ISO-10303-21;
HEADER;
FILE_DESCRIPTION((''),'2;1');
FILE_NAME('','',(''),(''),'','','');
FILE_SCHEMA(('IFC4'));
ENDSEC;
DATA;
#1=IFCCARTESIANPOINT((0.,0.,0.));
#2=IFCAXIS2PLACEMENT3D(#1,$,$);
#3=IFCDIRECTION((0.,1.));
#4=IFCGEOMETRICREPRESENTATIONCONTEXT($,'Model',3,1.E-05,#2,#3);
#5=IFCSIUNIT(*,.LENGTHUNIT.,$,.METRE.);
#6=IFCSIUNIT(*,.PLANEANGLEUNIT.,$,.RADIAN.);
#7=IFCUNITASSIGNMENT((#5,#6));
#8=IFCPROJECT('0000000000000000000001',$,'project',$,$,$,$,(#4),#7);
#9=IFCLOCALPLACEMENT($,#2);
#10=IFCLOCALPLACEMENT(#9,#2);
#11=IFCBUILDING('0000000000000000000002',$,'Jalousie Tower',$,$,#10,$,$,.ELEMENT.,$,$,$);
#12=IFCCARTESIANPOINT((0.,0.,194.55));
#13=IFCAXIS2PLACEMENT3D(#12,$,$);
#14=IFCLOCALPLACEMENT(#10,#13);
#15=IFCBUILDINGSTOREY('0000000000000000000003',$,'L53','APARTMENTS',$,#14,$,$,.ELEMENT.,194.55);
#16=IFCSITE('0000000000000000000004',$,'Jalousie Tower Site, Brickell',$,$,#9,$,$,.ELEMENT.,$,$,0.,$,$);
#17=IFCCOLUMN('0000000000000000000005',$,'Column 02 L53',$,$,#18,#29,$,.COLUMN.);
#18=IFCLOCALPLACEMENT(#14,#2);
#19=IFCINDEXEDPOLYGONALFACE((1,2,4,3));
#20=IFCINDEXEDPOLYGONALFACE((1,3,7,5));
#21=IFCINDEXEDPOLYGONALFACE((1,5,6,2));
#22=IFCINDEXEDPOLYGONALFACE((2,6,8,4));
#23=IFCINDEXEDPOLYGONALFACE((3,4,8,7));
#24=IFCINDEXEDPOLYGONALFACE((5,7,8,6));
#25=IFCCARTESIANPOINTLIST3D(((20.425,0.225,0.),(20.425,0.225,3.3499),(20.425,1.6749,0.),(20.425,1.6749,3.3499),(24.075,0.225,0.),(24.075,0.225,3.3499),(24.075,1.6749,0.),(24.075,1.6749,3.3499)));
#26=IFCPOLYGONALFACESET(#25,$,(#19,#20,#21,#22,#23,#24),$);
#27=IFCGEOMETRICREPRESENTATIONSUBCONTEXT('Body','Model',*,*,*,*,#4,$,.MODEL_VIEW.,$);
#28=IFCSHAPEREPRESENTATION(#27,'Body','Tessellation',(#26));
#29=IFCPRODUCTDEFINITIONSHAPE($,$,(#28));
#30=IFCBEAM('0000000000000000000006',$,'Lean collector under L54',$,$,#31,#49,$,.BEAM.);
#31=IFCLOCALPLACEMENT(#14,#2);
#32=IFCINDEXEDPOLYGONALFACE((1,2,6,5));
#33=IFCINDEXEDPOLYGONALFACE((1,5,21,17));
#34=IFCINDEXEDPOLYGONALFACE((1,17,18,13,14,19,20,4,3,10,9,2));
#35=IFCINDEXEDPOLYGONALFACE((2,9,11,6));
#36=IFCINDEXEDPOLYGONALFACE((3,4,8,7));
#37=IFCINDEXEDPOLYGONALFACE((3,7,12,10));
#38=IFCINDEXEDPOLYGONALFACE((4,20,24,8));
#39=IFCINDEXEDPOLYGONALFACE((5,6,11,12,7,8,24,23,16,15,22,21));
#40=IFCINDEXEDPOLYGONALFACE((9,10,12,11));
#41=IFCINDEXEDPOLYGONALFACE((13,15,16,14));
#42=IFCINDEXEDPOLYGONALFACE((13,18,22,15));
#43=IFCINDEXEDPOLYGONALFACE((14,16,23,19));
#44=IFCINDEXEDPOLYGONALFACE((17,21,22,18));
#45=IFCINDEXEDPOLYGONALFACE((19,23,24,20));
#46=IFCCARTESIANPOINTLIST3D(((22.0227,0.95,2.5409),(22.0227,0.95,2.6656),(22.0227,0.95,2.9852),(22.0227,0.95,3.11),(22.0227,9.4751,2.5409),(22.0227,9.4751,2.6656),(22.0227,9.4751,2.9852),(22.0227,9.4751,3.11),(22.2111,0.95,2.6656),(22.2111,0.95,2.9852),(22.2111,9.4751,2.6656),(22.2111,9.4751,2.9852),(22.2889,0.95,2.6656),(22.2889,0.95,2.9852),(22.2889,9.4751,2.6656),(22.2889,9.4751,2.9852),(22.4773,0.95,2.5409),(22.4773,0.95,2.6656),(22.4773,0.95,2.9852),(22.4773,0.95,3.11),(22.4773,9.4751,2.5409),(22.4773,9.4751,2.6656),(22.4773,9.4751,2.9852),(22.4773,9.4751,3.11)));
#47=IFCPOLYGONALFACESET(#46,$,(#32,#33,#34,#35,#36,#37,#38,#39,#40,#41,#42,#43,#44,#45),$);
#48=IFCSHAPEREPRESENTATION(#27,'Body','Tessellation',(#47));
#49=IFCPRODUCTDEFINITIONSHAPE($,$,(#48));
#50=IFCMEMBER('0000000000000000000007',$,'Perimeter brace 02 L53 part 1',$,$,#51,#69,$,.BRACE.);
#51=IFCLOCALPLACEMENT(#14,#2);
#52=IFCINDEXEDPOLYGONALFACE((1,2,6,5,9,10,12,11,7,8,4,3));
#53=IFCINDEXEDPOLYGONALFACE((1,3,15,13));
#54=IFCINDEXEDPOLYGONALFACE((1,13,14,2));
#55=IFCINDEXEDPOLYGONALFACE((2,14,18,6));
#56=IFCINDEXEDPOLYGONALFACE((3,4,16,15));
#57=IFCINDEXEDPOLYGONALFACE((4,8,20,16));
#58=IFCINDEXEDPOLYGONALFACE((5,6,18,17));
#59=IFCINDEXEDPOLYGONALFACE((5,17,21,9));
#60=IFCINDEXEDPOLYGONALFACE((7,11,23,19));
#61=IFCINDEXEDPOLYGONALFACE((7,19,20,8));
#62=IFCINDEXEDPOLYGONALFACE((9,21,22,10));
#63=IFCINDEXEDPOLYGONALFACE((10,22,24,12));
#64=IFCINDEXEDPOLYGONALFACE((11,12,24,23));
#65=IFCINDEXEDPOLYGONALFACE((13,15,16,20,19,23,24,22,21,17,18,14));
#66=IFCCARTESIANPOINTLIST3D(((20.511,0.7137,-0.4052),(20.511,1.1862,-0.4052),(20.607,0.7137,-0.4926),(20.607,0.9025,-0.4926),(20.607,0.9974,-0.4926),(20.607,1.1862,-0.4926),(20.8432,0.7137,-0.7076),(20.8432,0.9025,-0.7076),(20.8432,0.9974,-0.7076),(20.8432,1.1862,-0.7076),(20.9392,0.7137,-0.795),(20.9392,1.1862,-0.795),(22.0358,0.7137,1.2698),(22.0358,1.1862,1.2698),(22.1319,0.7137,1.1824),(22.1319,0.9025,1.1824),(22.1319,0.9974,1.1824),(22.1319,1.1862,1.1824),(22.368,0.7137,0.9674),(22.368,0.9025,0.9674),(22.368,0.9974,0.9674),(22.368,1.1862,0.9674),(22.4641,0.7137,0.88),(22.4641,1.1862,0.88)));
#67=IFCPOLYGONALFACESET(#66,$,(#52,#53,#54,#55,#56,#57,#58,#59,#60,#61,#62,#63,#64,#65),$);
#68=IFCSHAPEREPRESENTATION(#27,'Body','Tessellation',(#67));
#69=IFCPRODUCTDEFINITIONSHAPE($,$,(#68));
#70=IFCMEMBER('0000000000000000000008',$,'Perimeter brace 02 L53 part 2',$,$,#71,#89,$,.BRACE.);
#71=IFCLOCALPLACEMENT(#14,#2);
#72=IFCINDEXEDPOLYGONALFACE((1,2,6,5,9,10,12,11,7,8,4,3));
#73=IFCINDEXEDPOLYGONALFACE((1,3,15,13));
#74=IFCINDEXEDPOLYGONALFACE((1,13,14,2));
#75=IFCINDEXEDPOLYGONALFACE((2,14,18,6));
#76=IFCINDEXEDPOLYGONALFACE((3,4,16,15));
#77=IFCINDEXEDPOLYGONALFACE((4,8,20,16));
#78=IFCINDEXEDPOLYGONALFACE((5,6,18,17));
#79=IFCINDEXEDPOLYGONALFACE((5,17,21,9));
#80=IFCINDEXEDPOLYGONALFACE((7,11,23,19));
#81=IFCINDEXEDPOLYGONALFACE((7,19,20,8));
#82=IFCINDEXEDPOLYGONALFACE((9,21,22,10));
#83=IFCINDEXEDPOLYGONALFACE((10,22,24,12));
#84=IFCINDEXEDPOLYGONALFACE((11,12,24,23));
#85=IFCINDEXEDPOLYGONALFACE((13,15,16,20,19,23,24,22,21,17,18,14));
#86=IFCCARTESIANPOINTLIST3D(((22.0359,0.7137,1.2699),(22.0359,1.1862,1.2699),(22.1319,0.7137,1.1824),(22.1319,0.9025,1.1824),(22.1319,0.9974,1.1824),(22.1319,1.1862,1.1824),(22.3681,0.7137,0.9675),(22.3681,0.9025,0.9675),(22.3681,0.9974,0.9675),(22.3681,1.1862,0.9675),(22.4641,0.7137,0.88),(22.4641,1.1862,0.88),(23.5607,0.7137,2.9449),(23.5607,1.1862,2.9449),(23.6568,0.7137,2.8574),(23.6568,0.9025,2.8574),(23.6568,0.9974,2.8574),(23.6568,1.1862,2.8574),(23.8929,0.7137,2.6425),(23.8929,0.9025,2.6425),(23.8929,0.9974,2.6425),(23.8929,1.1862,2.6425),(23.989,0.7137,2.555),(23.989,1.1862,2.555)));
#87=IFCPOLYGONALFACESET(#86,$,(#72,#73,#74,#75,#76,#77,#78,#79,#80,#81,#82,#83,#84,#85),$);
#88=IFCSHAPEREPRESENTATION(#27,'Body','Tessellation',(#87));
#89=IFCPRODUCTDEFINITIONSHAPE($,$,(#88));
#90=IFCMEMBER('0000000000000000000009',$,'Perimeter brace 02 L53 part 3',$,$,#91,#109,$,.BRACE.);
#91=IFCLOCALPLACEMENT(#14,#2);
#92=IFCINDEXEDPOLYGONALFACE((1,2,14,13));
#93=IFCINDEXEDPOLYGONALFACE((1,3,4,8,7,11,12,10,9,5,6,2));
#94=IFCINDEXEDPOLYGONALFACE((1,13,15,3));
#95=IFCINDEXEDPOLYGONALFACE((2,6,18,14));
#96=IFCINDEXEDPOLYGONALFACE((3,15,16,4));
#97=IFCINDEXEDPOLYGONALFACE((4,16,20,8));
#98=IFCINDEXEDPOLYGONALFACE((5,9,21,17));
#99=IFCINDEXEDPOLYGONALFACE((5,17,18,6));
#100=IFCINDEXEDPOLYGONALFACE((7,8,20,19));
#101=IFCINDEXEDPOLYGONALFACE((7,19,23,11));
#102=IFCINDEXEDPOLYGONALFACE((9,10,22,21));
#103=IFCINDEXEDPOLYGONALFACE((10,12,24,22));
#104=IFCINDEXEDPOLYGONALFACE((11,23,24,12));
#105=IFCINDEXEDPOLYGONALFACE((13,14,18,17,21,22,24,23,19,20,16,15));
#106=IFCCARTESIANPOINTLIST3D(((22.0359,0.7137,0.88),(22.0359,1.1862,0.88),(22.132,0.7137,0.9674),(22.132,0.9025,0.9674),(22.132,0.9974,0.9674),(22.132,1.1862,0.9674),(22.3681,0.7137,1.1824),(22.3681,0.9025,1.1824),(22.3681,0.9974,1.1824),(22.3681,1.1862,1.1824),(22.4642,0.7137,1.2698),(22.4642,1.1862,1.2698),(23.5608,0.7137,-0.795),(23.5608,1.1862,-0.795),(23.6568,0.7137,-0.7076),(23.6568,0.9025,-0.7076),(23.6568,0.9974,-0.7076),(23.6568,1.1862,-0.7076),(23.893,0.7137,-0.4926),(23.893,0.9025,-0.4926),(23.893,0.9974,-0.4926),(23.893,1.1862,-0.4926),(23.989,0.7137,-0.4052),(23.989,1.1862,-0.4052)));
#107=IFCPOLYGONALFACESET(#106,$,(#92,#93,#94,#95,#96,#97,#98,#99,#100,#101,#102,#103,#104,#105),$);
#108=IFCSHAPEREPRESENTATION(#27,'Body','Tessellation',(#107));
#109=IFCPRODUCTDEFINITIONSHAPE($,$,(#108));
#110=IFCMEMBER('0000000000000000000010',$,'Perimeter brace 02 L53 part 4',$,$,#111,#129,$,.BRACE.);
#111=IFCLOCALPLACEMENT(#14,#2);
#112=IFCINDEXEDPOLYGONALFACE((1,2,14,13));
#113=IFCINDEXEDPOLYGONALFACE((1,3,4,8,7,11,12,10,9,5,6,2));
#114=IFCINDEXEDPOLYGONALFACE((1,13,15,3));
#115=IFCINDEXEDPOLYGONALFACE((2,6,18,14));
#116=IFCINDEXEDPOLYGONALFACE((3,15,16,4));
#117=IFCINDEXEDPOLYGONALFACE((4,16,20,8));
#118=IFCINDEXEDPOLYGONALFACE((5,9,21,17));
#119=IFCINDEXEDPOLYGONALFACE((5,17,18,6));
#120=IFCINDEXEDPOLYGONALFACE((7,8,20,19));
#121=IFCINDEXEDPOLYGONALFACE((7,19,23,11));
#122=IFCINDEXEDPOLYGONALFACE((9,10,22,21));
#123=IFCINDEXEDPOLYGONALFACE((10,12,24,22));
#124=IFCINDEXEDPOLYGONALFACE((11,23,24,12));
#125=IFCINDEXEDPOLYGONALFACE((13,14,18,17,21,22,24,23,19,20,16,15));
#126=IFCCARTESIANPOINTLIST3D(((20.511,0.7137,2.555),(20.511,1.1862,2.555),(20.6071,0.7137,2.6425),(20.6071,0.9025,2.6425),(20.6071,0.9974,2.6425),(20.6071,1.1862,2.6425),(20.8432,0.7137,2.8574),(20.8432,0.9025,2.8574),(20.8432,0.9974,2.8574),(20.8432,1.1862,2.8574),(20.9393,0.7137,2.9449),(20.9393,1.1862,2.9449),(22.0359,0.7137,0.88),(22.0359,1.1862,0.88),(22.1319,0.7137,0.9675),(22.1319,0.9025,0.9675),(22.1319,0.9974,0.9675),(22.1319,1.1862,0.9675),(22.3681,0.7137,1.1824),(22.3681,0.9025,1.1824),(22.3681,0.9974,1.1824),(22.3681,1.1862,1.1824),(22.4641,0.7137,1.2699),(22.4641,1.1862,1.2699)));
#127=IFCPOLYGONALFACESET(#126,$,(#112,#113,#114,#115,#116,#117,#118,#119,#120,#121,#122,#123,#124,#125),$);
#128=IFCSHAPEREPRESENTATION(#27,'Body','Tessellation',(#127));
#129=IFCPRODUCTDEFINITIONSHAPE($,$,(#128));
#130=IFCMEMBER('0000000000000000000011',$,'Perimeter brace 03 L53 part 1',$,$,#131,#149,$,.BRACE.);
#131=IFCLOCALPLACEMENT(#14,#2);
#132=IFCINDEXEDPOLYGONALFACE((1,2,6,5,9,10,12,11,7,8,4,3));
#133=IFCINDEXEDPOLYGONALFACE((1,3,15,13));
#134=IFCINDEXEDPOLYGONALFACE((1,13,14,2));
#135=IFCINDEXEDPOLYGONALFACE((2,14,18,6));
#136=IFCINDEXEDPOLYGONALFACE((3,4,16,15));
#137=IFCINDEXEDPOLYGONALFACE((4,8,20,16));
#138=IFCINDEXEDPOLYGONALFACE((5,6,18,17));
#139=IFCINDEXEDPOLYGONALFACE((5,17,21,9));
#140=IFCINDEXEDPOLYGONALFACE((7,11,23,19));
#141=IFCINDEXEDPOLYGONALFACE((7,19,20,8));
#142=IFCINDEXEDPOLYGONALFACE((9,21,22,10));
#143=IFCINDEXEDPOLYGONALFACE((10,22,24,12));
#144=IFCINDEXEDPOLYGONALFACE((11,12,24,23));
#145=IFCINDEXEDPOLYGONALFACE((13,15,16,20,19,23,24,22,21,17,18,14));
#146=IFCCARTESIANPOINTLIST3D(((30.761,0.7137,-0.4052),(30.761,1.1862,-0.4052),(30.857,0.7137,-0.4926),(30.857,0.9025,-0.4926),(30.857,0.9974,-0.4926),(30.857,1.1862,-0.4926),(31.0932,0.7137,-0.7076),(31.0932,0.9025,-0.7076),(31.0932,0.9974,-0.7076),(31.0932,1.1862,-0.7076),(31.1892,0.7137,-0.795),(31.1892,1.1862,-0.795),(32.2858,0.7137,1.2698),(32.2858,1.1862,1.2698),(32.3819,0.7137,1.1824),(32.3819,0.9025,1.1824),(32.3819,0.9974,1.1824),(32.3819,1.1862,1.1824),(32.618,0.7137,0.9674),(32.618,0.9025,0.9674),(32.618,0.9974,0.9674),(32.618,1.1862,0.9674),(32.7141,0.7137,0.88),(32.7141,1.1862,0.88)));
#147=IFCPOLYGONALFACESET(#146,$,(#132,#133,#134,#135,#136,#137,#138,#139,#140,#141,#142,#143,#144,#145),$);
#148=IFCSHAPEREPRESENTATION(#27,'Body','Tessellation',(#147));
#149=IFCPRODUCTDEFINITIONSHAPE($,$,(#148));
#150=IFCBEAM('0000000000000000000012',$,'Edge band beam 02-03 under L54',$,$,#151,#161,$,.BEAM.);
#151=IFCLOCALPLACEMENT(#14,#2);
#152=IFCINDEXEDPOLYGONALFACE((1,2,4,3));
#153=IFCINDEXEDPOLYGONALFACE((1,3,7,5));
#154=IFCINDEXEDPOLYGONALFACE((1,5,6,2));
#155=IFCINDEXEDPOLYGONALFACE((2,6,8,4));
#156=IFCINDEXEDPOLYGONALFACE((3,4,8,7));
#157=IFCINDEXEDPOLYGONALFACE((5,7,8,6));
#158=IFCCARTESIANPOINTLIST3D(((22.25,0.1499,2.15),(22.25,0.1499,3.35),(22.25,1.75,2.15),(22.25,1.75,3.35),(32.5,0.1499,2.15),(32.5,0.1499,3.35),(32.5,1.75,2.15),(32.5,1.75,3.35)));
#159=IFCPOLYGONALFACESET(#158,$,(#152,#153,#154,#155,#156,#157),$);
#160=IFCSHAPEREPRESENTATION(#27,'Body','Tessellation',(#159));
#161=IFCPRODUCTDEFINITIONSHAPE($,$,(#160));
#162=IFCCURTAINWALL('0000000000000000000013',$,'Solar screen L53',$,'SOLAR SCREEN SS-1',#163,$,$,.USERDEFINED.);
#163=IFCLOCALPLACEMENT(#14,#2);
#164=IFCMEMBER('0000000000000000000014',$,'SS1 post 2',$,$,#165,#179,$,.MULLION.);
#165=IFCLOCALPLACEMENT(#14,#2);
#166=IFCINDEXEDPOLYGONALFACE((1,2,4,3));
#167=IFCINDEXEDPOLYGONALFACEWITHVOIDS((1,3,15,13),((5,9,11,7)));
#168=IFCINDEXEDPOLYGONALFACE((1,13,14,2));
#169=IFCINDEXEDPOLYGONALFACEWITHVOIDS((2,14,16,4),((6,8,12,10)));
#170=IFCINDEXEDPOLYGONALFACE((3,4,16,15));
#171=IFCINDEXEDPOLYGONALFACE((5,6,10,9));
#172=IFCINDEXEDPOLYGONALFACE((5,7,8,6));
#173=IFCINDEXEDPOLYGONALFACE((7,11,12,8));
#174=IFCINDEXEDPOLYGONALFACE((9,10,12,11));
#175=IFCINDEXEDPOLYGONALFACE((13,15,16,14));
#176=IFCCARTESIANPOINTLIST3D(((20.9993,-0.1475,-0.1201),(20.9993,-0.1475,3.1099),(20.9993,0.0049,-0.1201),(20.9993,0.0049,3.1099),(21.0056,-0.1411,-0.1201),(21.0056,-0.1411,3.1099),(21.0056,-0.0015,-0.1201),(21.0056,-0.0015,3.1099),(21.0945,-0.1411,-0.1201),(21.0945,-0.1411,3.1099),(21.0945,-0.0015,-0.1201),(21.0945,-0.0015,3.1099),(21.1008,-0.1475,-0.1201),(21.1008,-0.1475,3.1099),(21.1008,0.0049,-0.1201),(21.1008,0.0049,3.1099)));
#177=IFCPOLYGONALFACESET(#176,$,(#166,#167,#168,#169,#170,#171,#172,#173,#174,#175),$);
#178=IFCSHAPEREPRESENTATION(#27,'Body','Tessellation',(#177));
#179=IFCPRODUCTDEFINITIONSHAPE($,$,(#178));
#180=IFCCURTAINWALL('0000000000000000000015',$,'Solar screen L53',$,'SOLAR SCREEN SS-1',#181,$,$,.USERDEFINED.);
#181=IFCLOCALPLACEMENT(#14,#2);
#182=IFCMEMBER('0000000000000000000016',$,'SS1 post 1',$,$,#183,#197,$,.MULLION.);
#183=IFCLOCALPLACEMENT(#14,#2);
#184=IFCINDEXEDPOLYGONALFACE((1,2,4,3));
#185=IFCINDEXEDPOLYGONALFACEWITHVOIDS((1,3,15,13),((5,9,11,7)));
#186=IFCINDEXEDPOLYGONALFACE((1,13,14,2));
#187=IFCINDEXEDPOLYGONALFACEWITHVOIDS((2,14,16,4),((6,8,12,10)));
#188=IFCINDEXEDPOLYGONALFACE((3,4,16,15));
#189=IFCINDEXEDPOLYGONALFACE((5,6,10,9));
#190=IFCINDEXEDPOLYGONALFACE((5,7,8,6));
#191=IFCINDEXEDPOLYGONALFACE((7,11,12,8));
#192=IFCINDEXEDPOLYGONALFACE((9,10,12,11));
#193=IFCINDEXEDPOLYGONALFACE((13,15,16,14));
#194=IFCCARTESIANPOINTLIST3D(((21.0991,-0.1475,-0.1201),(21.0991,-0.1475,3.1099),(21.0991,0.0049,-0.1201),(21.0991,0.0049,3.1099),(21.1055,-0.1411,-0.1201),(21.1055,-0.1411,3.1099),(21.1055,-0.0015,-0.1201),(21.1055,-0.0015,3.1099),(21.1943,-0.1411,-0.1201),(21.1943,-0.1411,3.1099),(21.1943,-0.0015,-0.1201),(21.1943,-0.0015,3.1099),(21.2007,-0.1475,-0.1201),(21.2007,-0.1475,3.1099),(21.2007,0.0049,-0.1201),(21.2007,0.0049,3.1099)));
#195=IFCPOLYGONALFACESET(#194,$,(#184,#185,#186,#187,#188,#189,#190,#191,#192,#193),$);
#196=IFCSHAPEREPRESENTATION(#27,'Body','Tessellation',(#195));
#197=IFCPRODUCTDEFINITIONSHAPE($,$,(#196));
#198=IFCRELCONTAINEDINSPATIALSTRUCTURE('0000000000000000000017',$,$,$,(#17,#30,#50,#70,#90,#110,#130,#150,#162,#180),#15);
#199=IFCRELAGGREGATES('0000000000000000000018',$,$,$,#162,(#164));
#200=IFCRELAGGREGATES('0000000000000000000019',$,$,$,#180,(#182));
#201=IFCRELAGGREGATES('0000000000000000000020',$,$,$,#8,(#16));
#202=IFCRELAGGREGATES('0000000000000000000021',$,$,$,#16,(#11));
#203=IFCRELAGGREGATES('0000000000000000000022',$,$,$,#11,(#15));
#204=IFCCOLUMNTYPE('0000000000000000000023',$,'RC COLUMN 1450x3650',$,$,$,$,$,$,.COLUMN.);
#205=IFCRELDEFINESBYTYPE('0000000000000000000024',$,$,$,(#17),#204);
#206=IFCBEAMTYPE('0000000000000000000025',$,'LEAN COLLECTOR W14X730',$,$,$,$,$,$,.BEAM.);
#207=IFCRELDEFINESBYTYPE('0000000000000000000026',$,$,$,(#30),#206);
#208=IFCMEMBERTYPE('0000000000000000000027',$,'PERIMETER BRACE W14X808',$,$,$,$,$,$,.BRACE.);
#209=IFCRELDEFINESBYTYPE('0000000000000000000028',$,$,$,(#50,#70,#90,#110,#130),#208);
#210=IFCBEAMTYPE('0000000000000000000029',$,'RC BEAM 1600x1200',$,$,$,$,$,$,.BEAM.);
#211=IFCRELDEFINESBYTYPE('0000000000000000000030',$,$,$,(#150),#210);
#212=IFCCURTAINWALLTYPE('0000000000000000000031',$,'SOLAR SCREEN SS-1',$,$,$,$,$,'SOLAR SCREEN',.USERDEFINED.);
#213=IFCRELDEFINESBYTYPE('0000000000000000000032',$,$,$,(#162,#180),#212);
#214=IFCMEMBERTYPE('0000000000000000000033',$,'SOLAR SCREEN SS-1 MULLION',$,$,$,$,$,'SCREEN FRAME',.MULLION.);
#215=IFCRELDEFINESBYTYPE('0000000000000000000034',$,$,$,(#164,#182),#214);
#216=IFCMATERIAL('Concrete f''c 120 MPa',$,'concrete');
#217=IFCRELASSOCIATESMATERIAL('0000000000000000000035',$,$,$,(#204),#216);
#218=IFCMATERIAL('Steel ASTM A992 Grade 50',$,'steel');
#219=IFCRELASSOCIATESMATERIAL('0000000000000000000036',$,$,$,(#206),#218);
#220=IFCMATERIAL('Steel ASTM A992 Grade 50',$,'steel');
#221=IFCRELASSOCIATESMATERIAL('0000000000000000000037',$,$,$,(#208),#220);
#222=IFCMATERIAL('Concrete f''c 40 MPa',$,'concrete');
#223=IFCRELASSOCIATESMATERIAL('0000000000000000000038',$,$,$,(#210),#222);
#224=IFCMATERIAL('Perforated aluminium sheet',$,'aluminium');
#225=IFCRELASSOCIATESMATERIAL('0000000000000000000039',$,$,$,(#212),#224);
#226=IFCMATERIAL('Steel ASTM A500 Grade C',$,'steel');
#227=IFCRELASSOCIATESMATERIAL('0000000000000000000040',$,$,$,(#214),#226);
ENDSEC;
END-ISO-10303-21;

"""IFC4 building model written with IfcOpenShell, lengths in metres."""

from ifc_helpers import new_model, si_unit, direction, frame, origin, origin_2d, place, context, subcontext, project, spatial, rectangle, hollow_rectangle, i_section, extrude, material, material_profile, profile_set, type_object, element, aggregate, save


model = new_model("IFC4")

# Units and contexts
model_context = context("Model", 3, precision=1e-05, world=origin(), true_north=direction((0.0, 1.0)))
body_context = subcontext(model_context, "Body", "Model", "MODEL_VIEW")
ifc_project = project(units=[si_unit("LENGTHUNIT", "METRE"), si_unit("PLANEANGLEUNIT", "RADIAN")], contexts=[model_context])

# Site, building, storey
site_placement = place(None, origin())
site = spatial("IfcSite", under=ifc_project, at=site_placement, Name="Jalousie Tower Site, Brickell", CompositionType="ELEMENT", RefElevation=0.0)
building_placement = place(site_placement, origin())
building = spatial("IfcBuilding", under=site, at=building_placement, Name="Jalousie Tower", CompositionType="ELEMENT")
storey_placement = place(building_placement, frame((0.0, 0.0, 194.55)))
storey = spatial("IfcBuildingStorey", under=building, at=storey_placement, Name="L53", Description="APARTMENTS", CompositionType="ELEMENT", Elevation=194.55)

# Column
ifc_material_1 = material(Name="Concrete f'c 120 MPa", Category="concrete")
ifc_material_profile_1 = material_profile(ifc_material_1, rectangle(XDim=1.45, YDim=3.6499, at=origin_2d()), Name="RC 1450x3650")
ifc_profile_set_1 = profile_set([ifc_material_profile_1], Name="Concrete f'c 120 MPa")
column_type = type_object("IfcColumnType", Name="RC COLUMN 1450x3650", PredefinedType="COLUMN", material=ifc_profile_set_1)
column_placement = place(storey_placement, frame((22.25, 0.95, 0.0), z_axis=(0.0, 0.0, 1.0), x_axis=(0.0, 1.0, 0.0)))
element("IfcColumn", 1, at=column_placement, inside=storey, type_object=column_type, Name="Column 02 L53", PredefinedType="COLUMN", context=body_context, shape_type="SweptSolid", body=[
    extrude(rectangle(XDim=1.45, YDim=3.6499, at=origin_2d()), origin(), (0.0, 0.0, 1.0), 3.3499),
])

# Beam
ifc_material_2 = material(Name="Steel ASTM A992 Grade 50", Category="steel")
ifc_material_profile_2 = material_profile(ifc_material_2, i_section(OverallWidth=0.4546, OverallDepth=0.5691, WebThickness=0.0779, FlangeThickness=0.1248, at=origin_2d()), Name="W14X730")
ifc_profile_set_2 = profile_set([ifc_material_profile_2], Name="Steel ASTM A992 Grade 50")
beam_type_1 = type_object("IfcBeamType", Name="LEAN COLLECTOR W14X730", PredefinedType="BEAM", material=ifc_profile_set_2)
beam_1_placement = place(storey_placement, frame((22.25, 0.95, 2.8254), z_axis=(0.0, 1.0, 0.0), x_axis=(-1.0, 0.0, 0.0)))
element("IfcBeam", 2, at=beam_1_placement, inside=storey, type_object=beam_type_1, Name="Lean collector under L54", PredefinedType="BEAM", context=body_context, shape_type="SweptSolid", body=[
    extrude(i_section(OverallWidth=0.4546, OverallDepth=0.5691, WebThickness=0.0779, FlangeThickness=0.1248, at=origin_2d()), origin(), (0.0, 0.0, 1.0), 8.5251),
])

# Members
ifc_material_3 = material(Name="Steel ASTM A992 Grade 50", Category="steel")
ifc_material_profile_3 = material_profile(ifc_material_3, i_section(OverallWidth=0.4724, OverallDepth=0.5791, WebThickness=0.095, FlangeThickness=0.1299, at=origin_2d()), Name="W14X808")
ifc_profile_set_3 = profile_set([ifc_material_profile_3], Name="Steel ASTM A992 Grade 50")
member_type_1 = type_object("IfcMemberType", Name="PERIMETER BRACE W14X808", PredefinedType="BRACE", material=ifc_profile_set_3)
for number, where, z_axis, x_axis, name in (
    (3, (20.7251, 0.95, -0.6001), (0.673188, 0.0, 0.739472), (0.0, 1.0, 0.0), "Perimeter brace 02 L53 part 1"),
    (4, (22.25, 0.95, 1.075), (0.673188, 0.0, 0.739472), (0.0, 1.0, 0.0), "Perimeter brace 02 L53 part 2"),
    (5, (23.7749, 0.95, -0.6001), (-0.673188, 0.0, 0.739472), (0.0, -1.0, 0.0), "Perimeter brace 02 L53 part 3"),
    (6, (22.25, 0.95, 1.075), (-0.673188, 0.0, 0.739472), (0.0, -1.0, 0.0), "Perimeter brace 02 L53 part 4"),
    (7, (30.9751, 0.95, -0.6001), (0.673188, 0.0, 0.739472), (0.0, 1.0, 0.0), "Perimeter brace 03 L53 part 1"),
):
    element("IfcMember", number, at=place(storey_placement, frame(where, z_axis=z_axis, x_axis=x_axis)), inside=storey, type_object=member_type_1, Name=name, PredefinedType="BRACE", context=body_context, shape_type="SweptSolid", body=[
        extrude(i_section(OverallWidth=0.4724, OverallDepth=0.5791, WebThickness=0.095, FlangeThickness=0.1299, at=origin_2d()), origin(), (0.0, 0.0, 1.0), 2.2651),
    ])

# Beam
ifc_material_4 = material(Name="Concrete f'c 40 MPa", Category="concrete")
ifc_material_profile_4 = material_profile(ifc_material_4, rectangle(XDim=1.6001, YDim=1.2, at=origin_2d()), Name="RC 1600x1200")
ifc_profile_set_4 = profile_set([ifc_material_profile_4], Name="Concrete f'c 40 MPa")
beam_type_2 = type_object("IfcBeamType", Name="RC BEAM 1600x1200", PredefinedType="BEAM", material=ifc_profile_set_4)
beam_2_placement = place(storey_placement, frame((22.25, 0.95, 2.75), z_axis=(1.0, 0.0, 0.0), x_axis=(0.0, 1.0, 0.0)))
element("IfcBeam", 8, at=beam_2_placement, inside=storey, type_object=beam_type_2, Name="Edge band beam 02-03 under L54", PredefinedType="BEAM", context=body_context, shape_type="SweptSolid", body=[
    extrude(rectangle(XDim=1.6001, YDim=1.2, at=origin_2d()), origin(), (0.0, 0.0, 1.0), 10.25),
])

# Curtain wall, member
ifc_material_5 = material(Name="Perforated aluminium sheet", Category="aluminium")
curtain_wall_type = type_object("IfcCurtainWallType", Name="SOLAR SCREEN SS-1", ElementType="SOLAR SCREEN", PredefinedType="USERDEFINED", material=ifc_material_5)
curtain_wall_1_placement = place(storey_placement, origin())
curtain_wall_1 = element("IfcCurtainWall", 9, at=curtain_wall_1_placement, inside=storey, type_object=curtain_wall_type, Name="Solar screen L53", ObjectType="SOLAR SCREEN SS-1", PredefinedType="USERDEFINED")
ifc_material_6 = material(Name="Steel ASTM A500 Grade C", Category="steel")
ifc_material_profile_5 = material_profile(ifc_material_6, hollow_rectangle(XDim=0.1016, YDim=0.1523, WallThickness=0.0063, at=origin_2d()), Name="HSS6X4X1/4")
ifc_profile_set_5 = profile_set([ifc_material_profile_5], Name="Steel ASTM A500 Grade C")
member_type_2 = type_object("IfcMemberType", Name="SOLAR SCREEN SS-1 MULLION", ElementType="SCREEN FRAME", PredefinedType="MULLION", material=ifc_profile_set_5)
member_1_placement = place(storey_placement, frame((21.05, -0.0713, -0.1201), z_axis=(0.0, 0.0, 1.0), x_axis=(1.0, 0.0, 0.0)))
member_1 = element("IfcMember", 10, at=member_1_placement, type_object=member_type_2, Name="SS1 post 2", PredefinedType="MULLION", context=body_context, shape_type="SweptSolid", body=[
    extrude(hollow_rectangle(XDim=0.1016, YDim=0.1523, WallThickness=0.0063, at=origin_2d()), origin(), (0.0, 0.0, 1.0), 3.23),
])

# Curtain wall, member
curtain_wall_2_placement = place(storey_placement, origin())
curtain_wall_2 = element("IfcCurtainWall", 11, at=curtain_wall_2_placement, inside=storey, type_object=curtain_wall_type, Name="Solar screen L53", ObjectType="SOLAR SCREEN SS-1", PredefinedType="USERDEFINED")
member_2_placement = place(storey_placement, frame((21.1499, -0.0713, -0.1201), z_axis=(0.0, 0.0, 1.0), x_axis=(1.0, 0.0, 0.0)))
member_2 = element("IfcMember", 12, at=member_2_placement, type_object=member_type_2, Name="SS1 post 1", PredefinedType="MULLION", context=body_context, shape_type="SweptSolid", body=[
    extrude(hollow_rectangle(XDim=0.1016, YDim=0.1523, WallThickness=0.0063, at=origin_2d()), origin(), (0.0, 0.0, 1.0), 3.23),
])

aggregate(curtain_wall_1, [member_1])
aggregate(curtain_wall_2, [member_2])

save(model, "model.ifc")
